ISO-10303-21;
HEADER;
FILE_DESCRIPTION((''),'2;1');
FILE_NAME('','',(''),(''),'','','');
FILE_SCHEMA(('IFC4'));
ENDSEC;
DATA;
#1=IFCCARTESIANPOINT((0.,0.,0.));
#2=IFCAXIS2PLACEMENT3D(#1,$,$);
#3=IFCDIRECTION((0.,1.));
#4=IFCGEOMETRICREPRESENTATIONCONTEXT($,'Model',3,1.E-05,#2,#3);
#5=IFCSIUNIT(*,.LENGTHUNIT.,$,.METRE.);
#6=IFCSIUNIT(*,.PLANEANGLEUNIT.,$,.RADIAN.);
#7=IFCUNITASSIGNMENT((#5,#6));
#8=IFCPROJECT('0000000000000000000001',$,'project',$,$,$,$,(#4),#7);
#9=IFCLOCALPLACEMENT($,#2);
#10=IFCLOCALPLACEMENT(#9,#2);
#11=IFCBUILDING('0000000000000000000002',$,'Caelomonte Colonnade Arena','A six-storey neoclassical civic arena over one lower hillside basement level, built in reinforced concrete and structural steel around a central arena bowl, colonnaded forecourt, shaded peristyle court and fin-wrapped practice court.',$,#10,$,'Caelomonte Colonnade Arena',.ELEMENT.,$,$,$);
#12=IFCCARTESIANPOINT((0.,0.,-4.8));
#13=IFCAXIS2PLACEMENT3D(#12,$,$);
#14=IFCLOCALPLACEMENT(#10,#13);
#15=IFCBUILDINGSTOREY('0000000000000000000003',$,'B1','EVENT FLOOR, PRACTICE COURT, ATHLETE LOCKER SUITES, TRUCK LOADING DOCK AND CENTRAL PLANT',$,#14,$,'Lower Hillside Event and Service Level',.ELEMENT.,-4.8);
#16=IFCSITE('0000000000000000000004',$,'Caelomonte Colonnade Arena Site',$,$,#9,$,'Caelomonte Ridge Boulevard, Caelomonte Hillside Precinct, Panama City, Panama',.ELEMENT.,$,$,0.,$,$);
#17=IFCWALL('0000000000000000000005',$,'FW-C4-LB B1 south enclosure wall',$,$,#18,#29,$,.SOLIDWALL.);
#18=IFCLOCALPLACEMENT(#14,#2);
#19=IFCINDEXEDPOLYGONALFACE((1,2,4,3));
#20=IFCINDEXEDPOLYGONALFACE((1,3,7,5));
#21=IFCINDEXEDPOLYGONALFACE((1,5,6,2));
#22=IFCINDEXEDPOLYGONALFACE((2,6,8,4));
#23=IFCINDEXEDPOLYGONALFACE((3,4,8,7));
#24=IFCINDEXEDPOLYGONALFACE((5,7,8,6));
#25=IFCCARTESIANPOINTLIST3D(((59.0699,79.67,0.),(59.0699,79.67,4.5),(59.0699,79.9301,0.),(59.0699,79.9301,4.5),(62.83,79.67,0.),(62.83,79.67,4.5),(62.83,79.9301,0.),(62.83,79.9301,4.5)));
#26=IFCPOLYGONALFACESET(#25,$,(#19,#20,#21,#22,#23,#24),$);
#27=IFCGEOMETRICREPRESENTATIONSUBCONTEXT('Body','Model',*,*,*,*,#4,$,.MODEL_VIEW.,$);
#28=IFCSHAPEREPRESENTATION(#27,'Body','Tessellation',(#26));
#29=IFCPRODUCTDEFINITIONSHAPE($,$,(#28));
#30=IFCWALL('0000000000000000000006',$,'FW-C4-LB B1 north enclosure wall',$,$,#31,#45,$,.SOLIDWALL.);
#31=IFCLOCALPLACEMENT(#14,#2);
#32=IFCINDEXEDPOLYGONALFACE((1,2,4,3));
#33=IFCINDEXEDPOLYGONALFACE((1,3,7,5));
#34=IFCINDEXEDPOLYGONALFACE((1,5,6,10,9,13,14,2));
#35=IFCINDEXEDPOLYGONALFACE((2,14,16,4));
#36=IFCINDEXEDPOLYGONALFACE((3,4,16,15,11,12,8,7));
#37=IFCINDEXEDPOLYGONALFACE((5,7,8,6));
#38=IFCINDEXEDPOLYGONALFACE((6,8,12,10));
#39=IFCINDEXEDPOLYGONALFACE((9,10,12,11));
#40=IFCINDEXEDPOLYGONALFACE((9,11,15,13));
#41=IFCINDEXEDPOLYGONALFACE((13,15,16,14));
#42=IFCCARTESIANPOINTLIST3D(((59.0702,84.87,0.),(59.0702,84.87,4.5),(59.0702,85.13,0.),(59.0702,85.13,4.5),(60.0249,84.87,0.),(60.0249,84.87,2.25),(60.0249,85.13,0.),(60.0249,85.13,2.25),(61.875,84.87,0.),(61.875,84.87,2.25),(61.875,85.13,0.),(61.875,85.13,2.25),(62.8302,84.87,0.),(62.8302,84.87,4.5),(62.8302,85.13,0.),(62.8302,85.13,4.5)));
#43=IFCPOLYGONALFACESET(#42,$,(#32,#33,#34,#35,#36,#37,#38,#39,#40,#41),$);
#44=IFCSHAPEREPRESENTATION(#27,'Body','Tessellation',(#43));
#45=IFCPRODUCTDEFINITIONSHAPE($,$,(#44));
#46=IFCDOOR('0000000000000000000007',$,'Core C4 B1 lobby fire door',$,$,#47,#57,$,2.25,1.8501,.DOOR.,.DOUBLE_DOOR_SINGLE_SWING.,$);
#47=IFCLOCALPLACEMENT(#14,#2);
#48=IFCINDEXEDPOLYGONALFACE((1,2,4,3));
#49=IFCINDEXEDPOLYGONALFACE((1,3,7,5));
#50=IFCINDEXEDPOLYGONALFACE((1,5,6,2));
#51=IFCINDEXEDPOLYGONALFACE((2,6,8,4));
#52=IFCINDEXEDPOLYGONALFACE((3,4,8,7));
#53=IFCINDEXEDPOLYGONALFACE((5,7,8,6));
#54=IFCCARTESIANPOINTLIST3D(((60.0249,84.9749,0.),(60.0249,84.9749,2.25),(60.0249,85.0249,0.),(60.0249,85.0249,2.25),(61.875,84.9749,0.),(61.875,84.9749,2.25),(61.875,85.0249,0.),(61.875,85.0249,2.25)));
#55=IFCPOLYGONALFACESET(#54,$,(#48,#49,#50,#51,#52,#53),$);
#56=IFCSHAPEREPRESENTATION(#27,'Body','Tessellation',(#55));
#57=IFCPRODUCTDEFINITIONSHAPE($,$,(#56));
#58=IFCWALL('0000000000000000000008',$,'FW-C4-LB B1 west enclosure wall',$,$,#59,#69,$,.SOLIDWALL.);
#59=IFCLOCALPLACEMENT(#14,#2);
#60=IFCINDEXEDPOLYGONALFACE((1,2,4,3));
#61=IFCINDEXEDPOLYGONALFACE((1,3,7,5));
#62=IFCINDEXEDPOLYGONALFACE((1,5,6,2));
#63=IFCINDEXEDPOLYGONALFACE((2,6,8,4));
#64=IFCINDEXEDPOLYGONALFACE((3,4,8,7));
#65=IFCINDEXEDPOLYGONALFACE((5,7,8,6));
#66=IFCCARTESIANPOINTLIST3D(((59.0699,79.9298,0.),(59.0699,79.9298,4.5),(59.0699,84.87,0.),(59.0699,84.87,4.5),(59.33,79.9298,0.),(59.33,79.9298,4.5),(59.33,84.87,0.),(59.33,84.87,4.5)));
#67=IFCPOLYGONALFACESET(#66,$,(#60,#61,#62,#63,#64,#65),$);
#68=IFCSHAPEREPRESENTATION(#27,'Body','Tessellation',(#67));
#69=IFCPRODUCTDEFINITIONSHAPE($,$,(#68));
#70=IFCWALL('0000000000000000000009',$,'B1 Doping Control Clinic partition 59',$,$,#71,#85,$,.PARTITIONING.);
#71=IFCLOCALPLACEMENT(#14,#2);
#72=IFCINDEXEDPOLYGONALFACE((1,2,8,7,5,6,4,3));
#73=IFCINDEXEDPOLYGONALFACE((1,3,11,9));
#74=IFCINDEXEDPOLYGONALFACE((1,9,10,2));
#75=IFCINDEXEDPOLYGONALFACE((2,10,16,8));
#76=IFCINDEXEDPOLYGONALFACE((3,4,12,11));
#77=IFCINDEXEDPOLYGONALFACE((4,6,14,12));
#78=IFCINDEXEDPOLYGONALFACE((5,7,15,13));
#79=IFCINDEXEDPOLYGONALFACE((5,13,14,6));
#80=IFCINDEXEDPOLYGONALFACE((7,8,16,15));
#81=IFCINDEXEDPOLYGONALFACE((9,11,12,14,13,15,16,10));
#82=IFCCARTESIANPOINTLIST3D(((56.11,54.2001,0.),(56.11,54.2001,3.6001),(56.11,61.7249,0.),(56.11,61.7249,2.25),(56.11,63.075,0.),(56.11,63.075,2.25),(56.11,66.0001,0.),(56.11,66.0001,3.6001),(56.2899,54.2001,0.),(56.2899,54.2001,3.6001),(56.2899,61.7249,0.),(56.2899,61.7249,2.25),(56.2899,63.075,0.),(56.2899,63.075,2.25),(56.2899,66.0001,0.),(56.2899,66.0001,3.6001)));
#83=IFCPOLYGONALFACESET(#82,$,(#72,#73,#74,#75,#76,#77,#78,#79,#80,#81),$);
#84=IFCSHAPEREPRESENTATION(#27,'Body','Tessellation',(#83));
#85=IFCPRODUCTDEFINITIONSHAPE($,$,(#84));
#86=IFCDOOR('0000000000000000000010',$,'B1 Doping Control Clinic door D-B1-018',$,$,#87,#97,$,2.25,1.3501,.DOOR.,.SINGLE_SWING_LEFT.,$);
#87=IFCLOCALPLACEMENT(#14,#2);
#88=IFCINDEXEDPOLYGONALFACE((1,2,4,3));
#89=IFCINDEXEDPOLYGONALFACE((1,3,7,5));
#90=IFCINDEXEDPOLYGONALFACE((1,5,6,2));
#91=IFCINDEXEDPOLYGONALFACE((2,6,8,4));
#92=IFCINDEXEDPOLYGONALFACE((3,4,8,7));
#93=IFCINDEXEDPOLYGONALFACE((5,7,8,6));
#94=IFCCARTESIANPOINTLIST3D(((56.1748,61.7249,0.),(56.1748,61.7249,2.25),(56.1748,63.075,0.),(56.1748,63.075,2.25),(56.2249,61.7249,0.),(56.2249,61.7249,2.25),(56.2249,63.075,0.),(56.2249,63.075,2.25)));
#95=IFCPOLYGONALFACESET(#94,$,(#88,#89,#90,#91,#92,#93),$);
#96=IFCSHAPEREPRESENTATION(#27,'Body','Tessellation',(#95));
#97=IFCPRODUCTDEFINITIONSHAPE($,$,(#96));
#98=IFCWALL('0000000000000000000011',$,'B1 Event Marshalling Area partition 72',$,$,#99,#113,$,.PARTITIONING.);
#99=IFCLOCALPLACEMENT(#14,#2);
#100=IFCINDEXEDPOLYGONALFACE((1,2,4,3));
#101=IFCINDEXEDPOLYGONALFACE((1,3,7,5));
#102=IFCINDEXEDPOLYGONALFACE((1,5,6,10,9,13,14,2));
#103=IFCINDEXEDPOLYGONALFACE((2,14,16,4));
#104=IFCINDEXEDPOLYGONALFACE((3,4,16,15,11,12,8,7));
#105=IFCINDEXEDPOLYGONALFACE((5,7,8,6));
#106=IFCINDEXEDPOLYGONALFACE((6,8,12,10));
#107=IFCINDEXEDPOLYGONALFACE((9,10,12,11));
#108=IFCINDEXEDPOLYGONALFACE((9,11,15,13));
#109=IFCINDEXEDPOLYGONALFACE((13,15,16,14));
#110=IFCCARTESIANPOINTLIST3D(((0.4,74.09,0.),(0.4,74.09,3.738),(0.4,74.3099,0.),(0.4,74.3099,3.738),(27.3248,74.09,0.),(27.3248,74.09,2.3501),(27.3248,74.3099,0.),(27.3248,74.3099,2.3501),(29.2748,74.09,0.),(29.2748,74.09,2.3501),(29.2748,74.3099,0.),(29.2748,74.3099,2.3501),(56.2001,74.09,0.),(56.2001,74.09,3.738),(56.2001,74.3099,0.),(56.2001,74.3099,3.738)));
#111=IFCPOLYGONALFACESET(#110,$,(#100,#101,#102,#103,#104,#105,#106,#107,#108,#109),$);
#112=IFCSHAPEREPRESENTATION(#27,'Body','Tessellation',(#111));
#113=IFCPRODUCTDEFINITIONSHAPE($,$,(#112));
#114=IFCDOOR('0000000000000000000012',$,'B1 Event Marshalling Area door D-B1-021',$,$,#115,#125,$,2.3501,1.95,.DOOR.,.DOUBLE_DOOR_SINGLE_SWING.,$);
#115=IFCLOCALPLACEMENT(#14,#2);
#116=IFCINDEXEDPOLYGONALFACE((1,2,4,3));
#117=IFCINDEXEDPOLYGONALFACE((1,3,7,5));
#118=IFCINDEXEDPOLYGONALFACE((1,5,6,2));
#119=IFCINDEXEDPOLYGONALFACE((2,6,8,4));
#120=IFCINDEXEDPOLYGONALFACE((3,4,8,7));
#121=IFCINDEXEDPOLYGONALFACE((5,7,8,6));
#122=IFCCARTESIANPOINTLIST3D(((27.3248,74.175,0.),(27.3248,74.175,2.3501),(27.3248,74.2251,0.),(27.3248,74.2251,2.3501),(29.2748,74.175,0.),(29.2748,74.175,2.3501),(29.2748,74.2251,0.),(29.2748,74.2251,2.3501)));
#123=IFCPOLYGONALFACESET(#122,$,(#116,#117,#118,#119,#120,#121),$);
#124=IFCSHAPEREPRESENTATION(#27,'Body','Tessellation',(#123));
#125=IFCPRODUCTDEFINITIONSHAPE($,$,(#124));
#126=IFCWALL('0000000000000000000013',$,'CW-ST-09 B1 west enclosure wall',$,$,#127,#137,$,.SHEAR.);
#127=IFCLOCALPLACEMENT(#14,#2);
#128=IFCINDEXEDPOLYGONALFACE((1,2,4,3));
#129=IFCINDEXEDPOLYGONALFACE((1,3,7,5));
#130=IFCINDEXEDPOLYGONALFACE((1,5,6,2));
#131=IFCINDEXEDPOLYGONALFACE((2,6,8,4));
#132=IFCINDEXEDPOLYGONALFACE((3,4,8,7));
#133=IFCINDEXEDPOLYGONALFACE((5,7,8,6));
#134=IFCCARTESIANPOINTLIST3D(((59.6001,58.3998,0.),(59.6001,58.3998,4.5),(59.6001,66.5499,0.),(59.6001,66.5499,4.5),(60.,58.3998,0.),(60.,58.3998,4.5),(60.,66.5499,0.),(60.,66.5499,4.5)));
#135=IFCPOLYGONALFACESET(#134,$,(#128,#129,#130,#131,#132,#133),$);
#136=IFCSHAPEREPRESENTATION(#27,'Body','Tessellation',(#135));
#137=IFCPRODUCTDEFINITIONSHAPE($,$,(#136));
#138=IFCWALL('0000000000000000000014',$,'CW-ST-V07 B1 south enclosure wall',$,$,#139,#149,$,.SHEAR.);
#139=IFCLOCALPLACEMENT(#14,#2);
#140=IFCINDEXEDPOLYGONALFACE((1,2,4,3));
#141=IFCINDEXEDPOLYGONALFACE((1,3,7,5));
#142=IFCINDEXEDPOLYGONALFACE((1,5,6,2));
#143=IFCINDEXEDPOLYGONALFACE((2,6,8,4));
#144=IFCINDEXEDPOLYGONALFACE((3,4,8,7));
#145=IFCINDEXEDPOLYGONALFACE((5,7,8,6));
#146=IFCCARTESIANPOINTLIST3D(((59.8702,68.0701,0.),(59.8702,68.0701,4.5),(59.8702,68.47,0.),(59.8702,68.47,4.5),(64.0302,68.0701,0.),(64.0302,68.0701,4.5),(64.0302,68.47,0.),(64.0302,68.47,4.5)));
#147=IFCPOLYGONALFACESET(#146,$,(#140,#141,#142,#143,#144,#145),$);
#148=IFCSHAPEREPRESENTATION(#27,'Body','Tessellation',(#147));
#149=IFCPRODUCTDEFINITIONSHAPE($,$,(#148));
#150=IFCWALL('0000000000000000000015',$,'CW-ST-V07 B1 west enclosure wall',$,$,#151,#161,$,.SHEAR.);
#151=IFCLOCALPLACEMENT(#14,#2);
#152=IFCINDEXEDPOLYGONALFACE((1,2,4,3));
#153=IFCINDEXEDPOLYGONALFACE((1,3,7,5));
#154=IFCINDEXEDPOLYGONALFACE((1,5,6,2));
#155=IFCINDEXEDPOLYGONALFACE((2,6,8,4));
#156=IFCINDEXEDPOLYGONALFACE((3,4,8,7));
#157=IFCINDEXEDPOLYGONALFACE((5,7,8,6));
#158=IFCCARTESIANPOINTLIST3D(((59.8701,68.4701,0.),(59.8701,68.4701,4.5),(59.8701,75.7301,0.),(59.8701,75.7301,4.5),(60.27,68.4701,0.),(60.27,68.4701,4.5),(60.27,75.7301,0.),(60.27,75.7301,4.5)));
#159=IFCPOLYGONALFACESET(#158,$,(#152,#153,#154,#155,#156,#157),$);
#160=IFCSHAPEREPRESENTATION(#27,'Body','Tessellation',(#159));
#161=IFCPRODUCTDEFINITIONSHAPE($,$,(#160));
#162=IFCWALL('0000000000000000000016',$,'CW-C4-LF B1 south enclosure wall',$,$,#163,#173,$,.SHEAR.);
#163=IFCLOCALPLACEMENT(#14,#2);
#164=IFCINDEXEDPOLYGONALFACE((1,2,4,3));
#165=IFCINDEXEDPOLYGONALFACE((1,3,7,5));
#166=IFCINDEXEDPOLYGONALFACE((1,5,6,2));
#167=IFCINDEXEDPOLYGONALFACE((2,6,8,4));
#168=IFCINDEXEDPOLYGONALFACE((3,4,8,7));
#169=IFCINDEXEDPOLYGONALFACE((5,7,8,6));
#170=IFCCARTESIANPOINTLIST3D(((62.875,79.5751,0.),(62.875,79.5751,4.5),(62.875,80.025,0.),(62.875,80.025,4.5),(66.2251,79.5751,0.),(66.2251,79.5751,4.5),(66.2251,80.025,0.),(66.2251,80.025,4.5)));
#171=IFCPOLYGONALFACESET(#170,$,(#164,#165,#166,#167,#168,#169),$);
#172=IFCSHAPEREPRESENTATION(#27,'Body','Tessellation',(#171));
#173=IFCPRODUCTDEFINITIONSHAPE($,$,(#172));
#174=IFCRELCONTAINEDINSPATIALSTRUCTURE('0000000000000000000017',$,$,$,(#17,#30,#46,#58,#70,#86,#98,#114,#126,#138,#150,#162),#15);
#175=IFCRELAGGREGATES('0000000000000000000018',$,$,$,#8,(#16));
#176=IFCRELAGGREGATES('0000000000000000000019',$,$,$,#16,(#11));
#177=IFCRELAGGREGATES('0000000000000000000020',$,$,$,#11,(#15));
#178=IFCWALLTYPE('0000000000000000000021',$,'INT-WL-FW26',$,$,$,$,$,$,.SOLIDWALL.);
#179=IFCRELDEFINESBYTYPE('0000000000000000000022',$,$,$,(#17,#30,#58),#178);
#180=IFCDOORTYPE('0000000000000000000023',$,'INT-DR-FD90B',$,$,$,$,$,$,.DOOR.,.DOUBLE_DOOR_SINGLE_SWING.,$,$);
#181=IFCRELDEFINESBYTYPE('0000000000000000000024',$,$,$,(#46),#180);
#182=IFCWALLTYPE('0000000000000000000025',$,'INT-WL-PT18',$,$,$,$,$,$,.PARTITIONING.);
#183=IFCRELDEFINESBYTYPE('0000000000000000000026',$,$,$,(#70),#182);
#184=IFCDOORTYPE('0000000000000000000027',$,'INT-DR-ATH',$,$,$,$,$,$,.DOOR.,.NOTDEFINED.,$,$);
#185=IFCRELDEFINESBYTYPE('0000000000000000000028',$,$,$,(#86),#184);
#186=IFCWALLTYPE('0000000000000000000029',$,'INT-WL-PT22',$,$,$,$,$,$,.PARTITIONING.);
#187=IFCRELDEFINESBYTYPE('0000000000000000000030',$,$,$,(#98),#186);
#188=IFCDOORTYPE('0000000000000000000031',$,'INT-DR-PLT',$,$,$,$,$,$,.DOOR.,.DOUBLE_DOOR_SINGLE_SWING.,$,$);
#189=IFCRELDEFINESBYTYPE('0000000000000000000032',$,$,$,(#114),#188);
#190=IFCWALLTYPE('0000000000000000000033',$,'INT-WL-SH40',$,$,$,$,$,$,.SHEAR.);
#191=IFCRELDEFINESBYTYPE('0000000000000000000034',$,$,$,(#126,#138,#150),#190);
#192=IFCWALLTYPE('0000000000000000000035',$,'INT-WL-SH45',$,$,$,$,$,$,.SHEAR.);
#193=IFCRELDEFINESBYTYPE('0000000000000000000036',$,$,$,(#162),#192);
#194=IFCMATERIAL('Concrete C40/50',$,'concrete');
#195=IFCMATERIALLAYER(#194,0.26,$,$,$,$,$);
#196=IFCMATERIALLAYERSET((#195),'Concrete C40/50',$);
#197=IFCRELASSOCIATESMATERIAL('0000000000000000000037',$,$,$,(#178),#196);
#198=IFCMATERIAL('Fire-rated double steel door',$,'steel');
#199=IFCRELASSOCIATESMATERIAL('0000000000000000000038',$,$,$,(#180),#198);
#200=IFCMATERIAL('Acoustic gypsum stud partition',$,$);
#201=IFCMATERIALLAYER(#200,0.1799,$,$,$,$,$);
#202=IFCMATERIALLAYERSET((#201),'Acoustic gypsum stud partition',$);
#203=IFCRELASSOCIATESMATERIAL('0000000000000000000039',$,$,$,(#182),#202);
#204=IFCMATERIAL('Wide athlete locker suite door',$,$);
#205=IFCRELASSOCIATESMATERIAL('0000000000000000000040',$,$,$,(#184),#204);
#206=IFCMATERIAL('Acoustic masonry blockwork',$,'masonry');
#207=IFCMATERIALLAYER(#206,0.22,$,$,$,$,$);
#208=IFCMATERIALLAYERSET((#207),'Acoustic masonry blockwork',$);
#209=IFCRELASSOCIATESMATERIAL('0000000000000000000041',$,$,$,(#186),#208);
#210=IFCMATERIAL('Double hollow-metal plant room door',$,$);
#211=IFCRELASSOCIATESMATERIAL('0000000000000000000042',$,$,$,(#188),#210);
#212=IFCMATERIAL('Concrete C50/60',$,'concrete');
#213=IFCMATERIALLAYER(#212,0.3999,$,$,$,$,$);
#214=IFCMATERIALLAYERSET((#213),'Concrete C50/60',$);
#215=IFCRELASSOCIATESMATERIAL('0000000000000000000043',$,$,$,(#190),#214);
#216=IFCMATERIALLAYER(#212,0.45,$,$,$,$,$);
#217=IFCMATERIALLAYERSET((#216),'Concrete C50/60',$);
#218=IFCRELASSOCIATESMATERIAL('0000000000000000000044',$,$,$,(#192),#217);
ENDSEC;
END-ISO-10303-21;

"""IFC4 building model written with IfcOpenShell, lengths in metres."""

from ifc_helpers import new_model, si_unit, direction, frame, frame_2d, origin, place, context, subcontext, project, spatial, rectangle, extrude, material, layer, layer_set, type_object, element, fill, save


model = new_model("IFC4")

# Units and contexts
model_context = context("Model", 3, precision=1e-05, world=origin(), true_north=direction((0.0, 1.0)))
body_context = subcontext(model_context, "Body", "Model", "MODEL_VIEW")
ifc_project = project(units=[si_unit("LENGTHUNIT", "METRE"), si_unit("PLANEANGLEUNIT", "RADIAN")], contexts=[model_context])

# Site, building, storey
site_placement = place(None, origin())
site = spatial("IfcSite", under=ifc_project, at=site_placement, Name="Caelomonte Colonnade Arena Site", LongName="Caelomonte Ridge Boulevard, Caelomonte Hillside Precinct, Panama City, Panama", CompositionType="ELEMENT", RefElevation=0.0)
building_placement = place(site_placement, origin())
building = spatial("IfcBuilding", under=site, at=building_placement, Name="Caelomonte Colonnade Arena", Description="A six-storey neoclassical civic arena over one lower hillside basement level, built in reinforced concrete and structural steel around a central arena bowl, colonnaded forecourt, shaded peristyle court and fin-wrapped practice court.", LongName="Caelomonte Colonnade Arena", CompositionType="ELEMENT")
storey_placement = place(building_placement, frame((0.0, 0.0, -4.8)))
storey = spatial("IfcBuildingStorey", under=building, at=storey_placement, Name="B1", Description="EVENT FLOOR, PRACTICE COURT, ATHLETE LOCKER SUITES, TRUCK LOADING DOCK AND CENTRAL PLANT", LongName="Lower Hillside Event and Service Level", CompositionType="ELEMENT", Elevation=-4.8)

# Shared definitions
ifc_material_1 = material(Name="Concrete C40/50", Category="concrete")

# Wall
ifc_layer_1 = layer(ifc_material_1, 0.26)
ifc_layer_set_1 = layer_set([ifc_layer_1], Name="Concrete C40/50")
wall_type_1 = type_object("IfcWallType", Name="INT-WL-FW26", PredefinedType="SOLIDWALL", material=ifc_layer_set_1)
wall_1_placement = place(storey_placement, frame((59.0701, 79.8, 0.0), z_axis=(0.0, 0.0, 1.0), x_axis=(1.0, 0.0, 0.0)))
element("IfcWall", 1, at=wall_1_placement, inside=storey, type_object=wall_type_1, Name="FW-C4-LB B1 south enclosure wall", PredefinedType="SOLIDWALL", context=body_context, shape_type="SweptSolid", body=[
    extrude(rectangle(XDim=3.76, YDim=0.26, at=frame_2d((1.8799, 0.0))), origin(), (0.0, 0.0, 1.0), 4.5),
])

# Wall, opening, door
wall_2_placement = place(storey_placement, frame((62.8301, 85.0, 0.0), z_axis=(0.0, 0.0, 1.0), x_axis=(-1.0, 0.0, 0.0)))
wall_2 = element("IfcWall", 2, at=wall_2_placement, inside=storey, type_object=wall_type_1, Name="FW-C4-LB B1 north enclosure wall", PredefinedType="SOLIDWALL", context=body_context, shape_type="SweptSolid", body=[
    extrude(rectangle(XDim=3.76, YDim=0.26, at=frame_2d((1.8799, 0.0))), origin(), (0.0, 0.0, 1.0), 4.5),
])
opening_1_placement = place(wall_2_placement, frame((2.8052, 0.0, 0.0), z_axis=(0.0, 0.0, 1.0), x_axis=(-1.0, 0.0, 0.0)))
opening_1 = element("IfcOpeningElement", 3, at=opening_1_placement, cuts=wall_2, PredefinedType="OPENING", context=body_context, shape_type="SweptSolid", body=[
    extrude(rectangle(XDim=1.8501, YDim=2.25, at=frame_2d((0.925, 1.125))), frame((0.0, 0.1399, 0.0), z_axis=(0.0, -1.0, 0.0), x_axis=(1.0, 0.0, 0.0)), (0.0, 0.0, 1.0), 0.28),
])
ifc_material_2 = material(Name="Fire-rated double steel door", Category="steel")
door_type_1 = type_object("IfcDoorType", Name="INT-DR-FD90B", OperationType="DOUBLE_DOOR_SINGLE_SWING", PredefinedType="DOOR", material=ifc_material_2)
door_1_placement = place(opening_1_placement, origin())
door_1 = element("IfcDoor", 4, at=door_1_placement, inside=storey, type_object=door_type_1, Name="Core C4 B1 lobby fire door", OperationType="DOUBLE_DOOR_SINGLE_SWING", OverallHeight=2.25, OverallWidth=1.8501, PredefinedType="DOOR", context=body_context, shape_type="SweptSolid", body=[
    extrude(rectangle(XDim=1.8501, YDim=2.25, at=frame_2d((0.925, 1.125))), frame((0.0, 0.0249, 0.0), z_axis=(0.0, -1.0, 0.0), x_axis=(1.0, 0.0, 0.0)), (0.0, 0.0, 1.0), 0.05),
])
fill(opening_1, door_1)

# Wall
wall_3_placement = place(storey_placement, frame((59.2, 84.8701, 0.0), z_axis=(0.0, 0.0, 1.0), x_axis=(0.0, -1.0, 0.0)))
element("IfcWall", 5, at=wall_3_placement, inside=storey, type_object=wall_type_1, Name="FW-C4-LB B1 west enclosure wall", PredefinedType="SOLIDWALL", context=body_context, shape_type="SweptSolid", body=[
    extrude(rectangle(XDim=4.9402, YDim=0.26, at=frame_2d((2.4702, 0.0))), origin(), (0.0, 0.0, 1.0), 4.5),
])

# Walls, openings, doors
ifc_material_3 = material(Name="Acoustic gypsum stud partition")
ifc_layer_2 = layer(ifc_material_3, 0.1799)
ifc_layer_set_2 = layer_set([ifc_layer_2], Name="Acoustic gypsum stud partition")
wall_type_2 = type_object("IfcWallType", Name="INT-WL-PT18", PredefinedType="PARTITIONING", material=ifc_layer_set_2)
wall_4_placement = place(storey_placement, frame((56.2, 66.0, 0.0), z_axis=(0.0, 0.0, 1.0), x_axis=(0.0, -1.0, 0.0)))
wall_4 = element("IfcWall", 6, at=wall_4_placement, inside=storey, type_object=wall_type_2, Name="B1 Doping Control Clinic partition 59", PredefinedType="PARTITIONING", context=body_context, shape_type="SweptSolid", body=[
    extrude(rectangle(XDim=11.8, YDim=0.1799, at=frame_2d((5.8999, 0.0))), origin(), (0.0, 0.0, 1.0), 3.6001),
])
opening_2_placement = place(wall_4_placement, frame((2.925, 0.0, 0.0), z_axis=(0.0, 0.0, 1.0), x_axis=(1.0, 0.0, 0.0)))
opening_2 = element("IfcOpeningElement", 7, at=opening_2_placement, cuts=wall_4, PredefinedType="OPENING", context=body_context, shape_type="SweptSolid", body=[
    extrude(rectangle(XDim=1.3501, YDim=2.25, at=frame_2d((0.675, 1.125))), frame((0.0, 0.0999, 0.0), z_axis=(0.0, -1.0, 0.0), x_axis=(1.0, 0.0, 0.0)), (0.0, 0.0, 1.0), 0.2),
])
ifc_material_4 = material(Name="Wide athlete locker suite door")
door_type_2 = type_object("IfcDoorType", Name="INT-DR-ATH", OperationType="NOTDEFINED", PredefinedType="DOOR", material=ifc_material_4)
door_2_placement = place(opening_2_placement, origin())
door_2 = element("IfcDoor", 8, at=door_2_placement, inside=storey, type_object=door_type_2, Name="B1 Doping Control Clinic door D-B1-018", OperationType="SINGLE_SWING_LEFT", OverallHeight=2.25, OverallWidth=1.3501, PredefinedType="DOOR", context=body_context, shape_type="SweptSolid", body=[
    extrude(rectangle(XDim=1.3501, YDim=2.25, at=frame_2d((0.675, 1.125))), frame((0.0, 0.0249, 0.0), z_axis=(0.0, -1.0, 0.0), x_axis=(1.0, 0.0, 0.0)), (0.0, 0.0, 1.0), 0.05),
])
fill(opening_2, door_2)
ifc_material_5 = material(Name="Acoustic masonry blockwork", Category="masonry")
ifc_layer_3 = layer(ifc_material_5, 0.22)
ifc_layer_set_3 = layer_set([ifc_layer_3], Name="Acoustic masonry blockwork")
wall_type_3 = type_object("IfcWallType", Name="INT-WL-PT22", PredefinedType="PARTITIONING", material=ifc_layer_set_3)
wall_5_placement = place(storey_placement, frame((56.2, 74.2, 0.0), z_axis=(0.0, 0.0, 1.0), x_axis=(-1.0, 0.0, 0.0)))
wall_5 = element("IfcWall", 9, at=wall_5_placement, inside=storey, type_object=wall_type_3, Name="B1 Event Marshalling Area partition 72", PredefinedType="PARTITIONING", context=body_context, shape_type="SweptSolid", body=[
    extrude(rectangle(XDim=55.8, YDim=0.22, at=frame_2d((27.8999, 0.0))), origin(), (0.0, 0.0, 1.0), 3.738),
])
opening_3_placement = place(wall_5_placement, frame((26.925, 0.0, 0.0), z_axis=(0.0, 0.0, 1.0), x_axis=(1.0, 0.0, 0.0)))
opening_3 = element("IfcOpeningElement", 10, at=opening_3_placement, cuts=wall_5, PredefinedType="OPENING", context=body_context, shape_type="SweptSolid", body=[
    extrude(rectangle(XDim=1.95, YDim=2.3501, at=frame_2d((0.9751, 1.175))), frame((0.0, 0.1199, 0.0), z_axis=(0.0, -1.0, 0.0), x_axis=(1.0, 0.0, 0.0)), (0.0, 0.0, 1.0), 0.24),
])
ifc_material_6 = material(Name="Double hollow-metal plant room door")
door_type_3 = type_object("IfcDoorType", Name="INT-DR-PLT", OperationType="DOUBLE_DOOR_SINGLE_SWING", PredefinedType="DOOR", material=ifc_material_6)
door_3_placement = place(opening_3_placement, origin())
door_3 = element("IfcDoor", 11, at=door_3_placement, inside=storey, type_object=door_type_3, Name="B1 Event Marshalling Area door D-B1-021", OperationType="DOUBLE_DOOR_SINGLE_SWING", OverallHeight=2.3501, OverallWidth=1.95, PredefinedType="DOOR", context=body_context, shape_type="SweptSolid", body=[
    extrude(rectangle(XDim=1.95, YDim=2.3501, at=frame_2d((0.9751, 1.175))), frame((0.0, 0.0249, 0.0), z_axis=(0.0, -1.0, 0.0), x_axis=(1.0, 0.0, 0.0)), (0.0, 0.0, 1.0), 0.05),
])
fill(opening_3, door_3)

# Walls
ifc_material_7 = material(Name="Concrete C50/60", Category="concrete")
ifc_layer_4 = layer(ifc_material_7, 0.3999)
ifc_layer_set_4 = layer_set([ifc_layer_4], Name="Concrete C50/60")
wall_type_4 = type_object("IfcWallType", Name="INT-WL-SH40", PredefinedType="SHEAR", material=ifc_layer_set_4)
wall_6_placement = place(storey_placement, frame((59.8, 66.55, 0.0), z_axis=(0.0, 0.0, 1.0), x_axis=(0.0, -1.0, 0.0)))
element("IfcWall", 12, at=wall_6_placement, inside=storey, type_object=wall_type_4, Name="CW-ST-09 B1 west enclosure wall", PredefinedType="SHEAR", context=body_context, shape_type="SweptSolid", body=[
    extrude(rectangle(XDim=8.1501, YDim=0.3999, at=frame_2d((4.0752, 0.0))), origin(), (0.0, 0.0, 1.0), 4.5),
])
wall_7_placement = place(storey_placement, frame((59.8701, 68.27, 0.0), z_axis=(0.0, 0.0, 1.0), x_axis=(1.0, 0.0, 0.0)))
element("IfcWall", 13, at=wall_7_placement, inside=storey, type_object=wall_type_4, Name="CW-ST-V07 B1 south enclosure wall", PredefinedType="SHEAR", context=body_context, shape_type="SweptSolid", body=[
    extrude(rectangle(XDim=4.1599, YDim=0.3999, at=frame_2d((2.0801, 0.0))), origin(), (0.0, 0.0, 1.0), 4.5),
])
wall_8_placement = place(storey_placement, frame((60.0701, 75.73, 0.0), z_axis=(0.0, 0.0, 1.0), x_axis=(0.0, -1.0, 0.0)))
element("IfcWall", 14, at=wall_8_placement, inside=storey, type_object=wall_type_4, Name="CW-ST-V07 B1 west enclosure wall", PredefinedType="SHEAR", context=body_context, shape_type="SweptSolid", body=[
    extrude(rectangle(XDim=7.26, YDim=0.3999, at=frame_2d((3.6299, 0.0))), origin(), (0.0, 0.0, 1.0), 4.5),
])
ifc_layer_5 = layer(ifc_material_7, 0.45)
ifc_layer_set_5 = layer_set([ifc_layer_5], Name="Concrete C50/60")
wall_type_5 = type_object("IfcWallType", Name="INT-WL-SH45", PredefinedType="SHEAR", material=ifc_layer_set_5)
wall_9_placement = place(storey_placement, frame((62.875, 79.8, 0.0), z_axis=(0.0, 0.0, 1.0), x_axis=(1.0, 0.0, 0.0)))
element("IfcWall", 15, at=wall_9_placement, inside=storey, type_object=wall_type_5, Name="CW-C4-LF B1 south enclosure wall", PredefinedType="SHEAR", context=body_context, shape_type="SweptSolid", body=[
    extrude(rectangle(XDim=3.3501, YDim=0.45, at=frame_2d((1.675, 0.0))), origin(), (0.0, 0.0, 1.0), 4.5),
])

save(model, "model.ifc")
